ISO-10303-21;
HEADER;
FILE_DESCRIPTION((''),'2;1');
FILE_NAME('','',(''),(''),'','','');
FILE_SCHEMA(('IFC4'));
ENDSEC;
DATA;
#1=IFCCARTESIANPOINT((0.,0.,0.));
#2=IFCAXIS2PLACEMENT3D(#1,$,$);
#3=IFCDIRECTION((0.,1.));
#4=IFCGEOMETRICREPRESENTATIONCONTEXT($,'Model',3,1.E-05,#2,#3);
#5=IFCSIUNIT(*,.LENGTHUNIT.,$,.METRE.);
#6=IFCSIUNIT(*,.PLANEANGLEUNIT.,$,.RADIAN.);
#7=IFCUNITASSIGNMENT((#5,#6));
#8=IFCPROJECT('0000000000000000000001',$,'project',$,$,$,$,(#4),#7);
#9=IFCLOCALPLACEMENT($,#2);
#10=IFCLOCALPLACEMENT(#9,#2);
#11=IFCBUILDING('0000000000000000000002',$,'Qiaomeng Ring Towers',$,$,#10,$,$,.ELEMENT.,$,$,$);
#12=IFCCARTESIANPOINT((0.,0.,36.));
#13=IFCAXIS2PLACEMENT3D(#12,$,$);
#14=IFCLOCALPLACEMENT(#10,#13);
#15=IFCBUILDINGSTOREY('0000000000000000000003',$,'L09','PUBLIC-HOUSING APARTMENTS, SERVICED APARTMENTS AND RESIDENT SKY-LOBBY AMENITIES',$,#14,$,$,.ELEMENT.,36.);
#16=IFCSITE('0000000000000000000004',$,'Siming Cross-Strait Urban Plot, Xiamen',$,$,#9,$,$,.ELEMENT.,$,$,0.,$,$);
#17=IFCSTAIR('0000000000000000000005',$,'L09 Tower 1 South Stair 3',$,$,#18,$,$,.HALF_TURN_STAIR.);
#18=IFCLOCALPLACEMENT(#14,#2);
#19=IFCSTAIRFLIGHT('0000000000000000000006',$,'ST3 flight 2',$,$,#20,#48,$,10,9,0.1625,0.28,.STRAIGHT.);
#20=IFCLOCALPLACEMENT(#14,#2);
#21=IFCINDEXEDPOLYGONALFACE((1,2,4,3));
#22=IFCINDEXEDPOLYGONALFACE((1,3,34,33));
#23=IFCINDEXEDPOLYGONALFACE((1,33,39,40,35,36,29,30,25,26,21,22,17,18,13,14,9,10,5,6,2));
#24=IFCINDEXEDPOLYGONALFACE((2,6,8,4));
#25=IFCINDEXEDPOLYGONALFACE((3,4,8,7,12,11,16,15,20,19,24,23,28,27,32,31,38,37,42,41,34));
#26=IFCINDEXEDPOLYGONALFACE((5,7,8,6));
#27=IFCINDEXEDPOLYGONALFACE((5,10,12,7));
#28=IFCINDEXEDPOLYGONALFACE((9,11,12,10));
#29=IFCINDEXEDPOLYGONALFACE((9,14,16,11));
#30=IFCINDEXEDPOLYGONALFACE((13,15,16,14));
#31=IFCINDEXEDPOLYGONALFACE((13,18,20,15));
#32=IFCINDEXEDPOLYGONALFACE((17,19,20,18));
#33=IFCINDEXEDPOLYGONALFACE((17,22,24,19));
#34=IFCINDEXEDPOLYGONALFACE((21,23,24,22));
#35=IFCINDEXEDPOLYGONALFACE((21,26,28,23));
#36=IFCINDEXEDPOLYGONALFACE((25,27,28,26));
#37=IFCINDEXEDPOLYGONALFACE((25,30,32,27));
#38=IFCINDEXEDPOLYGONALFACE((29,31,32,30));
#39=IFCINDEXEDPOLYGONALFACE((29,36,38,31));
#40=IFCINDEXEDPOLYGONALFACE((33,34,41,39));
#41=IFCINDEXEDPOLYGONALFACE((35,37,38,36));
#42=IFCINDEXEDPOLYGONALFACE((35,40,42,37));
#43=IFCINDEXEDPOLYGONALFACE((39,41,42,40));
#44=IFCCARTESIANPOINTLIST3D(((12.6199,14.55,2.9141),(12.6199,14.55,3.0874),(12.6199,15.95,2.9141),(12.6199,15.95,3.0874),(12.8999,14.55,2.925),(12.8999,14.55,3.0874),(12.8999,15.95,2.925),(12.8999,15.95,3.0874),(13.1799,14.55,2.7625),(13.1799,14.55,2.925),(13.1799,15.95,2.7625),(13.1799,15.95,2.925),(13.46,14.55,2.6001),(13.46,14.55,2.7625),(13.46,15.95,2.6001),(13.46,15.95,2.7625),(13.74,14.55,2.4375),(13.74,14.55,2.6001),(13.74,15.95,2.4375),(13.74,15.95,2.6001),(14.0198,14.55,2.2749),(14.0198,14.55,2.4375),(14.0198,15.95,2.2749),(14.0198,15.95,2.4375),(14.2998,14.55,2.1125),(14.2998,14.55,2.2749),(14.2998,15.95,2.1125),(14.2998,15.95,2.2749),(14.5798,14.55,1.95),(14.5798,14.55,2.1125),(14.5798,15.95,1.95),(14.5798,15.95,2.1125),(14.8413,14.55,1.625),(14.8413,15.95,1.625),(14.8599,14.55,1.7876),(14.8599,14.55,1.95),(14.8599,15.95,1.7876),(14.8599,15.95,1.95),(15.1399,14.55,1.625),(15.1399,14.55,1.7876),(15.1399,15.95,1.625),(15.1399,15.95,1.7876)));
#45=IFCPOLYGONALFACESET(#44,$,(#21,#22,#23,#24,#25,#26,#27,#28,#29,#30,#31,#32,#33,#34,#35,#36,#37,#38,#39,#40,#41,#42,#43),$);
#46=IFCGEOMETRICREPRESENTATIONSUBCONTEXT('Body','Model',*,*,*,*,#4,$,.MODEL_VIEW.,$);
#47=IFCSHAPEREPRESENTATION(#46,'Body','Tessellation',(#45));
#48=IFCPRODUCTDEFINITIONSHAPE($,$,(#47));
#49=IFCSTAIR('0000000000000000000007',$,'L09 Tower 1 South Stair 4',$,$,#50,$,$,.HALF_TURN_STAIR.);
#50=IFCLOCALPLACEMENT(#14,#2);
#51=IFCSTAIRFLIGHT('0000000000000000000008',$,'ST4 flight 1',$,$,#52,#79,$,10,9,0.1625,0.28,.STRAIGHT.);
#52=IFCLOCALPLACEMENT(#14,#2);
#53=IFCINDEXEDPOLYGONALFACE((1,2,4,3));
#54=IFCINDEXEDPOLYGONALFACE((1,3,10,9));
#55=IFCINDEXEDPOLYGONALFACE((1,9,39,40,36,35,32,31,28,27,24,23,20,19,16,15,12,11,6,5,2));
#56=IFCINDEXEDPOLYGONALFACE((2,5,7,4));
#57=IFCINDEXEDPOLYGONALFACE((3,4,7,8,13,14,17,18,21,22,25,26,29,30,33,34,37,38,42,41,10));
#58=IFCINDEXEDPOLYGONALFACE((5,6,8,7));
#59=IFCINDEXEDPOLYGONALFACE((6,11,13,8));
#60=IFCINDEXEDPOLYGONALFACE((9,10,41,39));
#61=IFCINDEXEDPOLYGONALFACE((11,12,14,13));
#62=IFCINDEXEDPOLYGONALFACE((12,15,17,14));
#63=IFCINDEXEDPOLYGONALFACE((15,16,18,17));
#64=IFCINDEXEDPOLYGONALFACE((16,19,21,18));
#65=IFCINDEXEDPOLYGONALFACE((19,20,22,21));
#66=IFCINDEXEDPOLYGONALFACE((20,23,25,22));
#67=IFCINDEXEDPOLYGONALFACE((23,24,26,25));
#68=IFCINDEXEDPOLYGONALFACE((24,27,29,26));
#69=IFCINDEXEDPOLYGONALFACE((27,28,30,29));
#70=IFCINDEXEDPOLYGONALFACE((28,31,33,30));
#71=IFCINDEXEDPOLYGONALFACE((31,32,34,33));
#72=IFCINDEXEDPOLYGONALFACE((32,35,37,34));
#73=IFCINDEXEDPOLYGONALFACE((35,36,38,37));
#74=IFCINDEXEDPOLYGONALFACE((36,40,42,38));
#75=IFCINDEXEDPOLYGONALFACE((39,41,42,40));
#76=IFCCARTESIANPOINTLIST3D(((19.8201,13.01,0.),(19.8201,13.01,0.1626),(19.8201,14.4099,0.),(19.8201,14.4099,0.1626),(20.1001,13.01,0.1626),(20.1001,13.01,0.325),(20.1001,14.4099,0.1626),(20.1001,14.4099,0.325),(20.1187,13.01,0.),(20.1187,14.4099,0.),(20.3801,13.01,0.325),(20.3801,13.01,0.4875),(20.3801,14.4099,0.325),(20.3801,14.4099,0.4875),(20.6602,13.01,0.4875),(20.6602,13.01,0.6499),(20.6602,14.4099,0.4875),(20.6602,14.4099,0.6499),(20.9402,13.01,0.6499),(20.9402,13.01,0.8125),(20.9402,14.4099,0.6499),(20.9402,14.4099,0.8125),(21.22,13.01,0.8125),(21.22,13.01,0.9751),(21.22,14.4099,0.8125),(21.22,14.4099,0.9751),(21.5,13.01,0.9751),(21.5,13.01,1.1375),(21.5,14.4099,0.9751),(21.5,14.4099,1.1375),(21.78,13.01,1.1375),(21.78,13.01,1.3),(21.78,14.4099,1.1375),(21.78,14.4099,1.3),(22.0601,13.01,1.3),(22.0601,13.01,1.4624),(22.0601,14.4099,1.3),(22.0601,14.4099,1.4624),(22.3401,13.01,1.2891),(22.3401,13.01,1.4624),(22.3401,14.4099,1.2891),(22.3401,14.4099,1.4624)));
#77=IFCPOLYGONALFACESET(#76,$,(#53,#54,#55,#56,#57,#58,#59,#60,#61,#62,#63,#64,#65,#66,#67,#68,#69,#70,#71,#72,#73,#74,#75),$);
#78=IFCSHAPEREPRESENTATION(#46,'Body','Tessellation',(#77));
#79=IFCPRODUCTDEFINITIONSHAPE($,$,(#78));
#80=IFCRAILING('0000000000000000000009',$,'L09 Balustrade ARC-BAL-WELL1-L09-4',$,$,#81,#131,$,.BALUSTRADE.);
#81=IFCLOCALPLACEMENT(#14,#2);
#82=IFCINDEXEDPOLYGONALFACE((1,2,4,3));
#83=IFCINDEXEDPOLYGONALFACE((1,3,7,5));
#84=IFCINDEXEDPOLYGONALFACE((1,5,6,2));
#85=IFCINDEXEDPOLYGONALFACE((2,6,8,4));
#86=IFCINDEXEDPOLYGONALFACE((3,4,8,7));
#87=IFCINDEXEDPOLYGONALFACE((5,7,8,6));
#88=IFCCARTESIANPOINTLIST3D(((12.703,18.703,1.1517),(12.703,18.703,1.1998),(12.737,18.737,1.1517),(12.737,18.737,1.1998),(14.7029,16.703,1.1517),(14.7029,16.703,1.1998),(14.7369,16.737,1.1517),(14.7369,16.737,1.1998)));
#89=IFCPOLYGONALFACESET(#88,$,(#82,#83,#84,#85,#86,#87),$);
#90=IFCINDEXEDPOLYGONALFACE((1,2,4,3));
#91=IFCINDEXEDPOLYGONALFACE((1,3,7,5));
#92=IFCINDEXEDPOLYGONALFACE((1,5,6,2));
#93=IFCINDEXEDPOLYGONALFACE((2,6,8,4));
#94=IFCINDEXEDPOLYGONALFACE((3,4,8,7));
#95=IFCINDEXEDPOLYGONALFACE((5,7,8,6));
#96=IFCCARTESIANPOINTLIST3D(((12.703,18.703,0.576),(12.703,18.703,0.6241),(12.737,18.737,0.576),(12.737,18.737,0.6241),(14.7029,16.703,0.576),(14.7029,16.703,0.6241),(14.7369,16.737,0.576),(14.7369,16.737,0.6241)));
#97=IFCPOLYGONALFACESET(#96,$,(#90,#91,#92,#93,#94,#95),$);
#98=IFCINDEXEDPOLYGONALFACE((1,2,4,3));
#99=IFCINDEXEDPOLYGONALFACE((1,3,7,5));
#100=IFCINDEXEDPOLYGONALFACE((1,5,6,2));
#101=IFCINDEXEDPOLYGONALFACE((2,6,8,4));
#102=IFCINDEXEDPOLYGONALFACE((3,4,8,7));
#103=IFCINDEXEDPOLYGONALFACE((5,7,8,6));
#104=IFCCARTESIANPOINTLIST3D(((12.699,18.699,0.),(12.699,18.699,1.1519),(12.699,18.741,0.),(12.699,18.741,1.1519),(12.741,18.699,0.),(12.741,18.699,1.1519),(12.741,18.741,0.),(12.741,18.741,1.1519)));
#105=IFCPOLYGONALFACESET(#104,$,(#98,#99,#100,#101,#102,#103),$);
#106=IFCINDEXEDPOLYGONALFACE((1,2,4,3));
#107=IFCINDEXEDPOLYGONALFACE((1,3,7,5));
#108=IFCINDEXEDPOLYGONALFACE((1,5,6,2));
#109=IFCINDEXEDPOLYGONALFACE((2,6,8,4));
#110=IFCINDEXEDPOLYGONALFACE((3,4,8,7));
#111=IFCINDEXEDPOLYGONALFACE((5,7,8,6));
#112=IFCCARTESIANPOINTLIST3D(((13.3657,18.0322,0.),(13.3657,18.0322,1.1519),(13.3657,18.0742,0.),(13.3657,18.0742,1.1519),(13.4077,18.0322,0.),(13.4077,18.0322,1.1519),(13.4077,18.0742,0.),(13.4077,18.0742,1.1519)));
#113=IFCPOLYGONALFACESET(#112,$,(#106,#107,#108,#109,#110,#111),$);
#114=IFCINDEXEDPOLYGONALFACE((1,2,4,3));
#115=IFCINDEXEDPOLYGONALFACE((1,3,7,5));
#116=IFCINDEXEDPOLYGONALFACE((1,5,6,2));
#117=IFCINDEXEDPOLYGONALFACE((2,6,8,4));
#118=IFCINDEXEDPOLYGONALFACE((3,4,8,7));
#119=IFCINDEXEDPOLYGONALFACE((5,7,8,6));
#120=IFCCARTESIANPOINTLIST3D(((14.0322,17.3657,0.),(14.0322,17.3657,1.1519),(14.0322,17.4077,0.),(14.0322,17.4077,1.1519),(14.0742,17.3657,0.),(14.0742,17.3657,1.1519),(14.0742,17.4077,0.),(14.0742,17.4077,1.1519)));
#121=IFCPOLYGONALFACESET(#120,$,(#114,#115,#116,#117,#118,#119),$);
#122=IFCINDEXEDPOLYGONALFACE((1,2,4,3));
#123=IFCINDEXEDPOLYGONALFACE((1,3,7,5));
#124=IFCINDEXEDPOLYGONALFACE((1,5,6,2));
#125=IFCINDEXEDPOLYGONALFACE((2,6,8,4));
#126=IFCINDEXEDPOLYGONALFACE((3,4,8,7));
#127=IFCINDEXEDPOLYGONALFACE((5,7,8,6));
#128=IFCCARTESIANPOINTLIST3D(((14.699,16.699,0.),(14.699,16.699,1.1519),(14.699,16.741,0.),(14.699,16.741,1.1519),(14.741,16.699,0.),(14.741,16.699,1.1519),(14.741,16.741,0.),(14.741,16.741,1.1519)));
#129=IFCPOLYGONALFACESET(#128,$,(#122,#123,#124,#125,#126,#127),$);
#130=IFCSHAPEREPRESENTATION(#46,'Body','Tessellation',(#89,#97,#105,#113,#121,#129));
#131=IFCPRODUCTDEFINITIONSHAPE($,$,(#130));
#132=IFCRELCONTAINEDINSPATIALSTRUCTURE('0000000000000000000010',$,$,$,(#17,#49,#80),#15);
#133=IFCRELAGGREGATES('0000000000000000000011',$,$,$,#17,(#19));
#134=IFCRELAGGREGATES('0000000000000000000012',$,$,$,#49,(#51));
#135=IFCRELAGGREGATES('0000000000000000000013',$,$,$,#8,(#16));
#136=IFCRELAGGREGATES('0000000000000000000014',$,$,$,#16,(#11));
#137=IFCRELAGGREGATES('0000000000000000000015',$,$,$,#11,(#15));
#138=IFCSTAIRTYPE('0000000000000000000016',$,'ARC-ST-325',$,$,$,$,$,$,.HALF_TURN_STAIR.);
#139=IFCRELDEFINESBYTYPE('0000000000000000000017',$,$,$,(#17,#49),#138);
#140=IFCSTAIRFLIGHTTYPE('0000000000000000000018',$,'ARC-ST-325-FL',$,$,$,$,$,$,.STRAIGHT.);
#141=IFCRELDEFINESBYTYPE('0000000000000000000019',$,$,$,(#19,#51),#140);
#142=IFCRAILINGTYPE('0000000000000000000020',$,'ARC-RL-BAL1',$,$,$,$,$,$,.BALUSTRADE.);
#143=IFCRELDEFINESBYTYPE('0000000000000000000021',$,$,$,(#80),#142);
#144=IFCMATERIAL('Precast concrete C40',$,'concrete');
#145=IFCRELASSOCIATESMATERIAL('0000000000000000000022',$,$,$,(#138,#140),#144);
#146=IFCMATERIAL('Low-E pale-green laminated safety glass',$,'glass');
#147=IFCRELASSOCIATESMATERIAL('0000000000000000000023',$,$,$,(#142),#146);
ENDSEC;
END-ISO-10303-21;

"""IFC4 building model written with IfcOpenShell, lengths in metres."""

from ifc_helpers import new_model, si_unit, direction, frame, origin, origin_2d, place, context, subcontext, project, spatial, polyline, rectangle, outline, extrude, source, transform, mapped, material, type_object, element, aggregate, save


model = new_model("IFC4")

# Units and contexts
model_context = context("Model", 3, precision=1e-05, world=origin(), true_north=direction((0.0, 1.0)))
body_context = subcontext(model_context, "Body", "Model", "MODEL_VIEW")
ifc_project = project(units=[si_unit("LENGTHUNIT", "METRE"), si_unit("PLANEANGLEUNIT", "RADIAN")], contexts=[model_context])

# Site, building, storey
site_placement = place(None, origin())
site = spatial("IfcSite", under=ifc_project, at=site_placement, Name="Siming Cross-Strait Urban Plot, Xiamen", CompositionType="ELEMENT", RefElevation=0.0)
building_placement = place(site_placement, origin())
building = spatial("IfcBuilding", under=site, at=building_placement, Name="Qiaomeng Ring Towers", CompositionType="ELEMENT")
storey_placement = place(building_placement, frame((0.0, 0.0, 36.0)))
storey = spatial("IfcBuildingStorey", under=building, at=storey_placement, Name="L09", Description="PUBLIC-HOUSING APARTMENTS, SERVICED APARTMENTS AND RESIDENT SKY-LOBBY AMENITIES", CompositionType="ELEMENT", Elevation=36.0)

# Stairs, stair flights
ifc_material_1 = material(Name="Precast concrete C40", Category="concrete")
stair_type = type_object("IfcStairType", Name="ARC-ST-325", PredefinedType="HALF_TURN_STAIR", material=ifc_material_1)
stair_1_placement = place(storey_placement, origin())
stair_1 = element("IfcStair", 1, at=stair_1_placement, inside=storey, type_object=stair_type, Name="L09 Tower 1 South Stair 3", PredefinedType="HALF_TURN_STAIR")
stair_flight_type = type_object("IfcStairFlightType", Name="ARC-ST-325-FL", PredefinedType="STRAIGHT", material=ifc_material_1)
shared_shape_1 = source(origin(), body_context, "Body", "SweptSolid", [
    extrude(outline(polyline([(0.0, 0.0), (0.0, 0.1626), (0.28, 0.1626), (0.28, 0.325), (0.5601, 0.325), (0.5601, 0.4875), (0.8401, 0.4875), (0.8401, 0.6499), (1.1201, 0.6499), (1.1201, 0.8125), (1.3999, 0.8125), (1.3999, 0.9751), (1.6799, 0.9751), (1.6799, 1.1375), (1.96, 1.1375), (1.96, 1.3), (2.24, 1.3), (2.24, 1.4624), (2.52, 1.4624), (2.52, 1.625), (2.52, 1.2891), (0.2986, 0.0), (0.0, 0.0)])), frame((0.0, 0.7, 0.0), z_axis=(0.0, -1.0, 0.0), x_axis=(1.0, 0.0, 0.0)), (0.0, 0.0, 1.0), 1.3999),
])
stair_flight_1_placement = place(storey_placement, frame((15.1399, 15.25, 1.625), z_axis=(0.0, 0.0, 1.0), x_axis=(-1.0, 0.0, 0.0)))
stair_flight_1 = element("IfcStairFlight", 2, at=stair_flight_1_placement, type_object=stair_flight_type, Name="ST3 flight 2", NumberOfRisers=10, NumberOfTreads=9, PredefinedType="STRAIGHT", RiserHeight=0.1625, TreadLength=0.28, context=body_context, shape_type="MappedRepresentation", body=[
    mapped(shared_shape_1, transform((0.0, 0.0, 0.0), x_axis=(1.0, 0.0, 0.0), y_axis=(0.0, 1.0, 0.0), z_axis=(0.0, 0.0, 1.0), scale=1.0)),
])
aggregate(stair_1, [stair_flight_1])
stair_2_placement = place(storey_placement, origin())
stair_2 = element("IfcStair", 3, at=stair_2_placement, inside=storey, type_object=stair_type, Name="L09 Tower 1 South Stair 4", PredefinedType="HALF_TURN_STAIR")
stair_flight_2_placement = place(storey_placement, frame((19.8201, 13.71, 0.0), z_axis=(0.0, 0.0, 1.0), x_axis=(1.0, 0.0, 0.0)))
stair_flight_2 = element("IfcStairFlight", 4, at=stair_flight_2_placement, type_object=stair_flight_type, Name="ST4 flight 1", NumberOfRisers=10, NumberOfTreads=9, PredefinedType="STRAIGHT", RiserHeight=0.1625, TreadLength=0.28, context=body_context, shape_type="MappedRepresentation", body=[
    mapped(shared_shape_1, transform((0.0, 0.0, 0.0), x_axis=(1.0, 0.0, 0.0), y_axis=(0.0, 1.0, 0.0), z_axis=(0.0, 0.0, 1.0), scale=1.0)),
])
aggregate(stair_2, [stair_flight_2])

# Railing
ifc_material_2 = material(Name="Low-E pale-green laminated safety glass", Category="glass")
railing_type_1 = type_object("IfcRailingType", Name="ARC-RL-BAL1", PredefinedType="BALUSTRADE", material=ifc_material_2)
railing_1_placement = place(storey_placement, frame((12.72, 18.72, 0.0)))
element("IfcRailing", 5, at=railing_1_placement, inside=storey, type_object=railing_type_1, Name="L09 Balustrade ARC-BAL-WELL1-L09-4", PredefinedType="BALUSTRADE", context=body_context, shape_type="SweptSolid", body=[
    extrude(rectangle(XDim=0.0481, YDim=0.0481, at=origin_2d()), frame((0.0, 0.0, 1.1758), z_axis=(0.707107, -0.707107, 0.0), x_axis=(0.707107, 0.707107, 0.0)), (0.0, 0.0, 1.0), 2.8284),
    extrude(rectangle(XDim=0.0481, YDim=0.0481, at=origin_2d()), frame((0.0, 0.0, 0.6001), z_axis=(0.707107, -0.707107, 0.0), x_axis=(0.707107, 0.707107, 0.0)), (0.0, 0.0, 1.0), 2.8284),
    extrude(rectangle(XDim=0.042, YDim=0.042, at=origin_2d()), origin(), (0.0, 0.0, 1.0), 1.1519),
    extrude(rectangle(XDim=0.042, YDim=0.042, at=origin_2d()), frame((0.6667, -0.6667, 0.0)), (0.0, 0.0, 1.0), 1.1519),
    extrude(rectangle(XDim=0.042, YDim=0.042, at=origin_2d()), frame((1.3333, -1.3333, 0.0)), (0.0, 0.0, 1.0), 1.1519),
    extrude(rectangle(XDim=0.042, YDim=0.042, at=origin_2d()), frame((2.0, -2.0, 0.0)), (0.0, 0.0, 1.0), 1.1519),
])

save(model, "model.ifc")
